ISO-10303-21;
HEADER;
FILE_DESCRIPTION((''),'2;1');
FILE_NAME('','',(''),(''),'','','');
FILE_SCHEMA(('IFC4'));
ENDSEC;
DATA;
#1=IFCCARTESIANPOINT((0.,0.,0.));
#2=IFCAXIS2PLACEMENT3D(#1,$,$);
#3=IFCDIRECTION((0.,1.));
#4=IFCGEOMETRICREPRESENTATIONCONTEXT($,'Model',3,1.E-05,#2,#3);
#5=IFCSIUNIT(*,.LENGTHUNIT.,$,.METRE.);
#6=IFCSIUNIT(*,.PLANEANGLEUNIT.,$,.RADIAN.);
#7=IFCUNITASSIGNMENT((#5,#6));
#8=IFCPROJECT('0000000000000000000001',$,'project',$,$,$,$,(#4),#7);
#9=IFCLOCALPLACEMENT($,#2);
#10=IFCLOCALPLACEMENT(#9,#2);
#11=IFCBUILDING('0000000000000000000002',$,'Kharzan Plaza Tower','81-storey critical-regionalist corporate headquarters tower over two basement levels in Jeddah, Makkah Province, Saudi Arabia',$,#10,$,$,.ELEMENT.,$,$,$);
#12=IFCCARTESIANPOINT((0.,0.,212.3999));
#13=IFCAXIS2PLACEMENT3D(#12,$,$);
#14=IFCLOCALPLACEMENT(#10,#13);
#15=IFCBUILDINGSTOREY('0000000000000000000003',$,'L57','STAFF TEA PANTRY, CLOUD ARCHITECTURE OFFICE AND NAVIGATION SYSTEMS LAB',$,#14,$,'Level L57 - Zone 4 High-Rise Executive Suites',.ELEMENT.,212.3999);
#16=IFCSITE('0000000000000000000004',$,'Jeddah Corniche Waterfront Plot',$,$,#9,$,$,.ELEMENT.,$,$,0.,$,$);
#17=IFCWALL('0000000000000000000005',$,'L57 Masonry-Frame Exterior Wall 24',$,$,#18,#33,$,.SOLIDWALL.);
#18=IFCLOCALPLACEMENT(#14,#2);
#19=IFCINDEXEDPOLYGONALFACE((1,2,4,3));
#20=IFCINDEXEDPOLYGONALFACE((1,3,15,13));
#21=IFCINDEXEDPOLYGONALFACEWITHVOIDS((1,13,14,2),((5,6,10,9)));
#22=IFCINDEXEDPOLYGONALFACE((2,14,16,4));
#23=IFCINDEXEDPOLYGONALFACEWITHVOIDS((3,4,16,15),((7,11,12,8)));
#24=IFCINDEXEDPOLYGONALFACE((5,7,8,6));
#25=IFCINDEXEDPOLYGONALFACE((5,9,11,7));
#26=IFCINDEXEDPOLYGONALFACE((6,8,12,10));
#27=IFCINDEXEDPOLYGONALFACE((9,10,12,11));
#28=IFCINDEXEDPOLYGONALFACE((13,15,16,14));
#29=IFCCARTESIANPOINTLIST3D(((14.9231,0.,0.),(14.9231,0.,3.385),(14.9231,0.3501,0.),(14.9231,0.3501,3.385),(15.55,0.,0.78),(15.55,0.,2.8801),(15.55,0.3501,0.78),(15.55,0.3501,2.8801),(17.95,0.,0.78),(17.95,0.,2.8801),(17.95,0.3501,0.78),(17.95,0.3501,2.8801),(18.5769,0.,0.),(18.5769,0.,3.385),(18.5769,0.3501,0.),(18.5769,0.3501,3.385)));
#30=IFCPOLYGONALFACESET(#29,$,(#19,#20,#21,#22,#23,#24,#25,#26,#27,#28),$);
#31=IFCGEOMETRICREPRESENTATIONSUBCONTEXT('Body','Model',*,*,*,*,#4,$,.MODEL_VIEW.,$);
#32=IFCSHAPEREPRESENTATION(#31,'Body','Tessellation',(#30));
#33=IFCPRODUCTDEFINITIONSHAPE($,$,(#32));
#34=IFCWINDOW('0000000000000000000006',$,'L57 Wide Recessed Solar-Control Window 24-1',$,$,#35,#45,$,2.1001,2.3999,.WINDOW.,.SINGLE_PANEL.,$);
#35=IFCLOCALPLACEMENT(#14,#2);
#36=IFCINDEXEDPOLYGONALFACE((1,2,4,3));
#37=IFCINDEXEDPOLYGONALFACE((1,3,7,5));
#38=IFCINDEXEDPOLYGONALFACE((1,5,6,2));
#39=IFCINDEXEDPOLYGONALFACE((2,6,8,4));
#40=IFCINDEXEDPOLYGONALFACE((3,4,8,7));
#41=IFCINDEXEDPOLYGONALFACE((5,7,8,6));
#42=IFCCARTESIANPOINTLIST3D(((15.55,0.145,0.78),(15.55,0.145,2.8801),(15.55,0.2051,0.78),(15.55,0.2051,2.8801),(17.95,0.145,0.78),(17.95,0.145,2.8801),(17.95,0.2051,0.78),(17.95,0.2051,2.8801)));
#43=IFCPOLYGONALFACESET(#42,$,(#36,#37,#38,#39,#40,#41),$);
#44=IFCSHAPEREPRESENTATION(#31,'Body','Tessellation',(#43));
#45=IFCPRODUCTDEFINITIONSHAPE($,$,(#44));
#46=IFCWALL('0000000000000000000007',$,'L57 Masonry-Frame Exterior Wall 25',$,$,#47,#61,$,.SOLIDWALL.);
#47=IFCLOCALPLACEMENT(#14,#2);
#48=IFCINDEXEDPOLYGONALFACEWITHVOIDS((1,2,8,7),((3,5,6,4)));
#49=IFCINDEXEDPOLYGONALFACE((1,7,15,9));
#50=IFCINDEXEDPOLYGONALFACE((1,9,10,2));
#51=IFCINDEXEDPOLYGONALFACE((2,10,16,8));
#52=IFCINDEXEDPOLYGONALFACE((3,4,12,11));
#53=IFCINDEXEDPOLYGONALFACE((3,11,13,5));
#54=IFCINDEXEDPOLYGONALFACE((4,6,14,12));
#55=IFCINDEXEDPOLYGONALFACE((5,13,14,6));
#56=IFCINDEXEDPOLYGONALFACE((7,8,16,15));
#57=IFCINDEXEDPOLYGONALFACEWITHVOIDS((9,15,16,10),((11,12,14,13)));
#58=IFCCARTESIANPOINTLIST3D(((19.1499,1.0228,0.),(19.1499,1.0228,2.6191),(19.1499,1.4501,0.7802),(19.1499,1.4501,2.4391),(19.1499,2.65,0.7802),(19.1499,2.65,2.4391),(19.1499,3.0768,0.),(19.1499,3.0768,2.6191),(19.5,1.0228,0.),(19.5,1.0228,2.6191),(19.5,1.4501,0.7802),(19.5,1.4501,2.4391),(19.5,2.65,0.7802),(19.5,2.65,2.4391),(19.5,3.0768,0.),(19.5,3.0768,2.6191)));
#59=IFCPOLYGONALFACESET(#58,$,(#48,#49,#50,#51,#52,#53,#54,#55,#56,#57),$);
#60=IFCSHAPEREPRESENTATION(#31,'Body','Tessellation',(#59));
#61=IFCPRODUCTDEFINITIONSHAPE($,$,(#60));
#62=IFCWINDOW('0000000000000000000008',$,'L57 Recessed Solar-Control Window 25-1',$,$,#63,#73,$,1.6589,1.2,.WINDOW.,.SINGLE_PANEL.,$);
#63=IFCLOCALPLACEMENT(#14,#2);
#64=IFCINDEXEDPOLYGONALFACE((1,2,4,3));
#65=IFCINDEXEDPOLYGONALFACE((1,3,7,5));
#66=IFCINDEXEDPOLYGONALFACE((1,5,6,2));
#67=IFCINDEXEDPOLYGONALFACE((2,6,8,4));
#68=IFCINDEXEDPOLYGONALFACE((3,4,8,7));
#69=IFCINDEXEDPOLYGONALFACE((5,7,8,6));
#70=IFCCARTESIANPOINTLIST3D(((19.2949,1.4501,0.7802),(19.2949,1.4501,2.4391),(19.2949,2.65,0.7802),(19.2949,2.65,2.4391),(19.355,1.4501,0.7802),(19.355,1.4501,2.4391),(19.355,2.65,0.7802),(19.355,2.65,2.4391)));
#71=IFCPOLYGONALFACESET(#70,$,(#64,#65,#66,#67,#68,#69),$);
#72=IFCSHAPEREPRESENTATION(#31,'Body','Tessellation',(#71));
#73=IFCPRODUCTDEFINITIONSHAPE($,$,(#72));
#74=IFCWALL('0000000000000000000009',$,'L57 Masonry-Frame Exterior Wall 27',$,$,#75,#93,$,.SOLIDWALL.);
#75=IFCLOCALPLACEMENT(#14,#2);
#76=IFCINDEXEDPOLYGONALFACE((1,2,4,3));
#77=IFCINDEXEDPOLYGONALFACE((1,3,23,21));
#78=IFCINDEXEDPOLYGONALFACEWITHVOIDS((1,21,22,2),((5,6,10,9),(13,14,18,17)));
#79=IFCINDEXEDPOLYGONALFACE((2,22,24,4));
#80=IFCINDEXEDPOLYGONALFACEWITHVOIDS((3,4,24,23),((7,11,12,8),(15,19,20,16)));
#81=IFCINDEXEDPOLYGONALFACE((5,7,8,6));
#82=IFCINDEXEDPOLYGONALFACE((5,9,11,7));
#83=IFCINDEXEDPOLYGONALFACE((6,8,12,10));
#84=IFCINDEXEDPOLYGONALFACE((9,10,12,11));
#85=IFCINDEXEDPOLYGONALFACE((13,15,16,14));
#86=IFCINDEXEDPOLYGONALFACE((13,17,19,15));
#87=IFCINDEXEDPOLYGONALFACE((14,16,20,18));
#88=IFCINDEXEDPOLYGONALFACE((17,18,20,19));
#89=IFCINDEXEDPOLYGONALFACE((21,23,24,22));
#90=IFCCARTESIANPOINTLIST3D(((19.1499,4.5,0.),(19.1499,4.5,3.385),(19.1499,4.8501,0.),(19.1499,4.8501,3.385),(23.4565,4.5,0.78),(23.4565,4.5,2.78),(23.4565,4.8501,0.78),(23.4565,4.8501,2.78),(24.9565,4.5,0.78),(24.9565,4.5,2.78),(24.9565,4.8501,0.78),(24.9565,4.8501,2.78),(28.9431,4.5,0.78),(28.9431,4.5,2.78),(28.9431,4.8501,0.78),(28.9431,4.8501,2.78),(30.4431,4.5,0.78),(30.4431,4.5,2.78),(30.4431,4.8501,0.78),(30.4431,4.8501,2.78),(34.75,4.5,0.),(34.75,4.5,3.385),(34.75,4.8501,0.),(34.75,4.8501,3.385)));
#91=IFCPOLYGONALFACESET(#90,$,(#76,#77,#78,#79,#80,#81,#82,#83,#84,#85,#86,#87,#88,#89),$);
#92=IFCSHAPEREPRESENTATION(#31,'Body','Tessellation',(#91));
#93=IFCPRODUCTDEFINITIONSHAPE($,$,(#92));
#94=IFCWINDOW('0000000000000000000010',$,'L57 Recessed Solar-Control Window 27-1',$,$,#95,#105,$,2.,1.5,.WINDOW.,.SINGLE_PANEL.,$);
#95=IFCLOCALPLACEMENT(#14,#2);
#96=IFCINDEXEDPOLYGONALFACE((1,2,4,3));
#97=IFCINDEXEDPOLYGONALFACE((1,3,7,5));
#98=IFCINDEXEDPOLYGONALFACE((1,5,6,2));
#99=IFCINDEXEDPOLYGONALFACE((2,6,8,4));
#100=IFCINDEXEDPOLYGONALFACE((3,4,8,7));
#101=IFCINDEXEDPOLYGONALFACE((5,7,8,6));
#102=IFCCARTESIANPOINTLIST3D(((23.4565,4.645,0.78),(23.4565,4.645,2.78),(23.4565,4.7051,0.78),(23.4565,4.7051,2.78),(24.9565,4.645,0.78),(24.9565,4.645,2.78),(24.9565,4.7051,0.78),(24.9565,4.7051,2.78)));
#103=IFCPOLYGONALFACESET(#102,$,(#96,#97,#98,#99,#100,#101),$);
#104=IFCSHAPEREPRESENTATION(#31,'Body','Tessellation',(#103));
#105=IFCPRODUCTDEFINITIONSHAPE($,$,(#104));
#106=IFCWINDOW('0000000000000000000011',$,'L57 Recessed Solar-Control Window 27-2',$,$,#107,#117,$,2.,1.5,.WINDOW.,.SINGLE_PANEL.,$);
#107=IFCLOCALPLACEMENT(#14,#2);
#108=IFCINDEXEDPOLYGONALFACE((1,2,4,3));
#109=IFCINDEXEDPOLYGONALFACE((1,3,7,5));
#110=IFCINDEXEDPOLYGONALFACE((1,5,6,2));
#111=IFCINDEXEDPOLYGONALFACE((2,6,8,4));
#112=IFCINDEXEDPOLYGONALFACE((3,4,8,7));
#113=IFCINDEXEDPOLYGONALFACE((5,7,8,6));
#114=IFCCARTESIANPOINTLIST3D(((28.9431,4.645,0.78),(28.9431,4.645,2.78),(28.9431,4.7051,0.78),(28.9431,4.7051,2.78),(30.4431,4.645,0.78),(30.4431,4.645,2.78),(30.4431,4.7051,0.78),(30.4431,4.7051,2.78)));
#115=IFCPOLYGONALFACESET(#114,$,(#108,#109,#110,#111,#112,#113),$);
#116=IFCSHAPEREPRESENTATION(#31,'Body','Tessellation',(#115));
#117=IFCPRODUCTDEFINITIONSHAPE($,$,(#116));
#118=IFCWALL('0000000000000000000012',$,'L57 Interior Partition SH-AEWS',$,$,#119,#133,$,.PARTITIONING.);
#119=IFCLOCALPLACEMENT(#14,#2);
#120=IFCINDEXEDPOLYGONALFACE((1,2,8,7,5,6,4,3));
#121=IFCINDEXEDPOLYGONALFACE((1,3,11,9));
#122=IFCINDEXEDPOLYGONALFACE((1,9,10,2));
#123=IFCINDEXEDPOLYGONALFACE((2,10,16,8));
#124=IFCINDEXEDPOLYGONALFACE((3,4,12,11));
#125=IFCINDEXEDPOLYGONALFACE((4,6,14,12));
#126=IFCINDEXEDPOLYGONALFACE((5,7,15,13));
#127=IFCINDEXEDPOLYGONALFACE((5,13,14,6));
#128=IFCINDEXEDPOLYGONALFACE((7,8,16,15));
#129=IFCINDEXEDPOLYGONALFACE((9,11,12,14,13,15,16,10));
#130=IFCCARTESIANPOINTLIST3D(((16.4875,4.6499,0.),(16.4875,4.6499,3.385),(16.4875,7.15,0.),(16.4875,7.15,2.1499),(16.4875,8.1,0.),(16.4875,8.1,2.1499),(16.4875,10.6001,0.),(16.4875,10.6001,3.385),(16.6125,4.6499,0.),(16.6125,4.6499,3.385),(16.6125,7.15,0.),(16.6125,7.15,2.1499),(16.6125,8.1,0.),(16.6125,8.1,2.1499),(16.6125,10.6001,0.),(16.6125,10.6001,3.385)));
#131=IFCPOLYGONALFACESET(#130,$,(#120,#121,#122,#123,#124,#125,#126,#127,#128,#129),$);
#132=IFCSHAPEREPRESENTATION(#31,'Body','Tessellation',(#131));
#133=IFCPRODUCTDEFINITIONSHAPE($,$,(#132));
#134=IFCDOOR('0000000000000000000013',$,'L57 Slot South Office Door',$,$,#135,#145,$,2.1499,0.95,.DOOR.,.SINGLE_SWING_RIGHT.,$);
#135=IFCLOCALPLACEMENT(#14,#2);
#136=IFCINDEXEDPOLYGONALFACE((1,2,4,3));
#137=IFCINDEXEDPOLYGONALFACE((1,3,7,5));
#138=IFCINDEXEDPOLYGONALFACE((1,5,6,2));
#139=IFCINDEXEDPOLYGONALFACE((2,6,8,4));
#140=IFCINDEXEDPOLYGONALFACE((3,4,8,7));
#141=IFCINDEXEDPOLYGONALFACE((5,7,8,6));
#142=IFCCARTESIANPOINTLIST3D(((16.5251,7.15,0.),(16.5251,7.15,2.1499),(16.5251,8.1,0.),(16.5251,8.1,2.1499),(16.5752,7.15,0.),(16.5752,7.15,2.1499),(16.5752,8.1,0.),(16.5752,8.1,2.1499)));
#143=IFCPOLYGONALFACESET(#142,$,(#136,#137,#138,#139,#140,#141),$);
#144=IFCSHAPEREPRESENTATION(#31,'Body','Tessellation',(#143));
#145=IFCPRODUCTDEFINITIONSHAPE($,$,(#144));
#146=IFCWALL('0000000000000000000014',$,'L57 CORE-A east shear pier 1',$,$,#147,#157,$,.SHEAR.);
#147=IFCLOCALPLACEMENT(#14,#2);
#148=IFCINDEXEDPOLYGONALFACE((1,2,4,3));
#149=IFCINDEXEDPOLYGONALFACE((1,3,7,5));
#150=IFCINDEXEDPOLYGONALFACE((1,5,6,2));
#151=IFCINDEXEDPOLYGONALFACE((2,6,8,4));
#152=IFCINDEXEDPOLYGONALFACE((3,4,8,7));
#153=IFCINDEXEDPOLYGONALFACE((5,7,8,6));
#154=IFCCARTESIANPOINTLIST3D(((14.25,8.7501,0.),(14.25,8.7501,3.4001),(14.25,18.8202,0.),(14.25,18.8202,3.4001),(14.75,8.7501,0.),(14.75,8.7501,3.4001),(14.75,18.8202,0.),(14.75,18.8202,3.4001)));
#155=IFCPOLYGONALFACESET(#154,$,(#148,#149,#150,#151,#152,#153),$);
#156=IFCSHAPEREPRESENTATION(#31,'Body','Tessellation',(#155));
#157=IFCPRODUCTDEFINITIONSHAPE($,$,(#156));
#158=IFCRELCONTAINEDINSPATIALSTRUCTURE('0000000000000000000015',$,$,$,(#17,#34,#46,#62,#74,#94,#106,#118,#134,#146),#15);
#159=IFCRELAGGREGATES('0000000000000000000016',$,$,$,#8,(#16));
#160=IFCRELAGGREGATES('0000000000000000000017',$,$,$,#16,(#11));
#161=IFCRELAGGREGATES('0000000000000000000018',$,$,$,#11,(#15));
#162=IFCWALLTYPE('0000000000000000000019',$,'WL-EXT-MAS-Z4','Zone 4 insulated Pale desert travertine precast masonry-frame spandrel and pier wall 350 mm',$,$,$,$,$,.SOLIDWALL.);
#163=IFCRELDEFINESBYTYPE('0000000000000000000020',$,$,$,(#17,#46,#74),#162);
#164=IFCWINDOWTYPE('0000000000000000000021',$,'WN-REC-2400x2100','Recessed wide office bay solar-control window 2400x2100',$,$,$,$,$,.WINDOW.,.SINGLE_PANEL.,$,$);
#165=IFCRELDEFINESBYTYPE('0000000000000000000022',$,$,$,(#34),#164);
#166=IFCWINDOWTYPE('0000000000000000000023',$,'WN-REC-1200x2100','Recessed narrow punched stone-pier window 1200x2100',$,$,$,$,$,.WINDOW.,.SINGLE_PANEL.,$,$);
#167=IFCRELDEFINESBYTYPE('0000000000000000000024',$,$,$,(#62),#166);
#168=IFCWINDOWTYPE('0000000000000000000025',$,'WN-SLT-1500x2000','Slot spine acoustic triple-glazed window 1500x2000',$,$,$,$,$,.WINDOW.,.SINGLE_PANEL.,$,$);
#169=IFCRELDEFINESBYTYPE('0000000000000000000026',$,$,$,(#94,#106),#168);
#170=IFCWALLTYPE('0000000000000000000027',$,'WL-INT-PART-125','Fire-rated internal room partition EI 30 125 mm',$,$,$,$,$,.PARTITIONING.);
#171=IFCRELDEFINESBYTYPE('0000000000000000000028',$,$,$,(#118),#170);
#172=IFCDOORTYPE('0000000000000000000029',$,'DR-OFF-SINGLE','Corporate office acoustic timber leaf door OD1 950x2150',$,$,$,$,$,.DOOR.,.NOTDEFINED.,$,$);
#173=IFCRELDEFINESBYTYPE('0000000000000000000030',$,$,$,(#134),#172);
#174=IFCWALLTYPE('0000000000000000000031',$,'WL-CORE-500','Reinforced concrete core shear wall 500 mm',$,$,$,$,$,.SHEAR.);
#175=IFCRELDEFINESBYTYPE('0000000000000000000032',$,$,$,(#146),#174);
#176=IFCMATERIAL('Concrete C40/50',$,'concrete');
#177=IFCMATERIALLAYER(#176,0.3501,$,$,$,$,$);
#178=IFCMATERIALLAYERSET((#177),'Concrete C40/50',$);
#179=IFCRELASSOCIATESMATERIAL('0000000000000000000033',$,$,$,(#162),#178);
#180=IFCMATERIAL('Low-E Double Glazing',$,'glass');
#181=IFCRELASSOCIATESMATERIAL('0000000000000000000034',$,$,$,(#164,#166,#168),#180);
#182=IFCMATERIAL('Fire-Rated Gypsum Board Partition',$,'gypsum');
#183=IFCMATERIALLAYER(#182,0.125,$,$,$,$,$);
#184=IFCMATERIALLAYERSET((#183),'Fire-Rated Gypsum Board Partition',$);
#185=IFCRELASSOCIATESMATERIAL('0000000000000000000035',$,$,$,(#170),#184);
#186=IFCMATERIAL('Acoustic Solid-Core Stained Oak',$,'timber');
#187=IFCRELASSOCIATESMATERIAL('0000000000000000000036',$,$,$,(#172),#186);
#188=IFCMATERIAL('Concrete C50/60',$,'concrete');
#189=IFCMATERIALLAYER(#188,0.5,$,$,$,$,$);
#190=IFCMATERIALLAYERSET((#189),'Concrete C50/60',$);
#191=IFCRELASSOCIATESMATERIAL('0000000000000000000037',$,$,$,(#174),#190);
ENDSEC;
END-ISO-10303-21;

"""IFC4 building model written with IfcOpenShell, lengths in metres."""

from ifc_helpers import new_model, si_unit, direction, frame, frame_2d, origin, place, context, subcontext, project, spatial, rectangle, extrude, source, transform, mapped, material, layer, layer_set, type_object, element, fill, save


model = new_model("IFC4")

# Units and contexts
model_context = context("Model", 3, precision=1e-05, world=origin(), true_north=direction((0.0, 1.0)))
body_context = subcontext(model_context, "Body", "Model", "MODEL_VIEW")
ifc_project = project(units=[si_unit("LENGTHUNIT", "METRE"), si_unit("PLANEANGLEUNIT", "RADIAN")], contexts=[model_context])

# Site, building, storey
site_placement = place(None, origin())
site = spatial("IfcSite", under=ifc_project, at=site_placement, Name="Jeddah Corniche Waterfront Plot", CompositionType="ELEMENT", RefElevation=0.0)
building_placement = place(site_placement, origin())
building = spatial("IfcBuilding", under=site, at=building_placement, Name="Kharzan Plaza Tower", Description="81-storey critical-regionalist corporate headquarters tower over two basement levels in Jeddah, Makkah Province, Saudi Arabia", CompositionType="ELEMENT")
storey_placement = place(building_placement, frame((0.0, 0.0, 212.3999)))
storey = spatial("IfcBuildingStorey", under=building, at=storey_placement, Name="L57", Description="STAFF TEA PANTRY, CLOUD ARCHITECTURE OFFICE AND NAVIGATION SYSTEMS LAB", LongName="Level L57 - Zone 4 High-Rise Executive Suites", CompositionType="ELEMENT", Elevation=212.3999)

# Shared definitions
ifc_material_1 = material(Name="Concrete C50/60", Category="concrete")

# Walls, openings, windows
ifc_material_2 = material(Name="Concrete C40/50", Category="concrete")
ifc_layer_1 = layer(ifc_material_2, 0.3501)
ifc_layer_set_1 = layer_set([ifc_layer_1], Name="Concrete C40/50")
wall_type_1 = type_object("IfcWallType", Name="WL-EXT-MAS-Z4", Description="Zone 4 insulated Pale desert travertine precast masonry-frame spandrel and pier wall 350 mm", PredefinedType="SOLIDWALL", material=ifc_layer_set_1)
wall_1_placement = place(storey_placement, frame((14.9231, 0.175, 0.0), z_axis=(0.0, 0.0, 1.0), x_axis=(1.0, 0.0, 0.0)))
wall_1 = element("IfcWall", 1, at=wall_1_placement, inside=storey, type_object=wall_type_1, Name="L57 Masonry-Frame Exterior Wall 24", PredefinedType="SOLIDWALL", context=body_context, shape_type="SweptSolid", body=[
    extrude(rectangle(XDim=3.6538, YDim=0.3501, at=frame_2d((1.8269, 0.0))), origin(), (0.0, 0.0, 1.0), 3.385),
])
opening_1_placement = place(wall_1_placement, frame((0.627, 0.0, 0.78)))
opening_1 = element("IfcOpeningElement", 2, at=opening_1_placement, cuts=wall_1, PredefinedType="OPENING", context=body_context, shape_type="SweptSolid", body=[
    extrude(rectangle(XDim=2.3999, YDim=2.1001, at=frame_2d((1.2, 1.05))), frame((0.0, 0.1851, 0.0), z_axis=(0.0, -1.0, 0.0), x_axis=(1.0, 0.0, 0.0)), (0.0, 0.0, 1.0), 0.3701),
])
ifc_material_3 = material(Name="Low-E Double Glazing", Category="glass")
window_type_1 = type_object("IfcWindowType", Name="WN-REC-2400x2100", Description="Recessed wide office bay solar-control window 2400x2100", PartitioningType="SINGLE_PANEL", PredefinedType="WINDOW", material=ifc_material_3)
shared_shape_1 = source(origin(), body_context, "Body", "SweptSolid", [
    extrude(rectangle(XDim=2.3999, YDim=2.1001, at=frame_2d((1.2, 1.05))), frame((0.0, 0.03, 0.0), z_axis=(0.0, -1.0, 0.0), x_axis=(1.0, 0.0, 0.0)), (0.0, 0.0, 1.0), 0.0601),
])
window_1_placement = place(opening_1_placement, origin())
window_1 = element("IfcWindow", 3, at=window_1_placement, inside=storey, type_object=window_type_1, Name="L57 Wide Recessed Solar-Control Window 24-1", OverallHeight=2.1001, OverallWidth=2.3999, PartitioningType="SINGLE_PANEL", PredefinedType="WINDOW", context=body_context, shape_type="MappedRepresentation", body=[
    mapped(shared_shape_1, transform((0.0, 0.0, 0.0), x_axis=(1.0, 0.0, 0.0), y_axis=(0.0, 1.0, 0.0), z_axis=(0.0, 0.0, 1.0))),
])
fill(opening_1, window_1)
wall_2_placement = place(storey_placement, frame((19.325, 1.0229, 0.0), z_axis=(0.0, 0.0, 1.0), x_axis=(0.0, 1.0, 0.0)))
wall_2 = element("IfcWall", 4, at=wall_2_placement, inside=storey, type_object=wall_type_1, Name="L57 Masonry-Frame Exterior Wall 25", PredefinedType="SOLIDWALL", context=body_context, shape_type="SweptSolid", body=[
    extrude(rectangle(XDim=2.054, YDim=0.3501, at=frame_2d((1.0269, 0.0))), origin(), (0.0, 0.0, 1.0), 2.6191),
])
opening_2_placement = place(wall_2_placement, frame((0.427, 0.0, 0.78)))
opening_2 = element("IfcOpeningElement", 5, at=opening_2_placement, cuts=wall_2, PredefinedType="OPENING", context=body_context, shape_type="SweptSolid", body=[
    extrude(rectangle(XDim=1.2, YDim=1.6589, at=frame_2d((0.6001, 0.8296))), frame((0.0, 0.1851, 0.0), z_axis=(0.0, -1.0, 0.0), x_axis=(1.0, 0.0, 0.0)), (0.0, 0.0, 1.0), 0.3701),
])
window_type_2 = type_object("IfcWindowType", Name="WN-REC-1200x2100", Description="Recessed narrow punched stone-pier window 1200x2100", PartitioningType="SINGLE_PANEL", PredefinedType="WINDOW", material=ifc_material_3)
shared_shape_2 = source(origin(), body_context, "Body", "SweptSolid", [
    extrude(rectangle(XDim=1.2, YDim=1.6589, at=frame_2d((0.6001, 0.8296))), frame((0.0, 0.03, 0.0), z_axis=(0.0, -1.0, 0.0), x_axis=(1.0, 0.0, 0.0)), (0.0, 0.0, 1.0), 0.0601),
])
window_2_placement = place(opening_2_placement, origin())
window_2 = element("IfcWindow", 6, at=window_2_placement, inside=storey, type_object=window_type_2, Name="L57 Recessed Solar-Control Window 25-1", OverallHeight=1.6589, OverallWidth=1.2, PartitioningType="SINGLE_PANEL", PredefinedType="WINDOW", context=body_context, shape_type="MappedRepresentation", body=[
    mapped(shared_shape_2, transform((0.0, 0.0, 0.0), x_axis=(1.0, 0.0, 0.0), y_axis=(0.0, 1.0, 0.0), z_axis=(0.0, 0.0, 1.0))),
])
fill(opening_2, window_2)

# Wall, openings, windows
wall_3_placement = place(storey_placement, frame((19.1499, 4.675, 0.0), z_axis=(0.0, 0.0, 1.0), x_axis=(1.0, 0.0, 0.0)))
wall_3 = element("IfcWall", 7, at=wall_3_placement, inside=storey, type_object=wall_type_1, Name="L57 Masonry-Frame Exterior Wall 27", PredefinedType="SOLIDWALL", context=body_context, shape_type="SweptSolid", body=[
    extrude(rectangle(XDim=15.6001, YDim=0.3501, at=frame_2d((7.8, 0.0))), origin(), (0.0, 0.0, 1.0), 3.385),
])
opening_3_placement = place(wall_3_placement, frame((4.3066, 0.0, 0.78)))
opening_3 = element("IfcOpeningElement", 8, at=opening_3_placement, cuts=wall_3, PredefinedType="OPENING", context=body_context, shape_type="SweptSolid", body=[
    extrude(rectangle(XDim=1.5, YDim=2.0, at=frame_2d((0.75, 1.0))), frame((0.0, 0.1851, 0.0), z_axis=(0.0, -1.0, 0.0), x_axis=(1.0, 0.0, 0.0)), (0.0, 0.0, 1.0), 0.3701),
])
opening_4_placement = place(wall_3_placement, frame((9.7932, 0.0, 0.78)))
opening_4 = element("IfcOpeningElement", 9, at=opening_4_placement, cuts=wall_3, PredefinedType="OPENING", context=body_context, shape_type="SweptSolid", body=[
    extrude(rectangle(XDim=1.5, YDim=2.0, at=frame_2d((0.75, 1.0))), frame((0.0, 0.1851, 0.0), z_axis=(0.0, -1.0, 0.0), x_axis=(1.0, 0.0, 0.0)), (0.0, 0.0, 1.0), 0.3701),
])
window_type_3 = type_object("IfcWindowType", Name="WN-SLT-1500x2000", Description="Slot spine acoustic triple-glazed window 1500x2000", PartitioningType="SINGLE_PANEL", PredefinedType="WINDOW", material=ifc_material_3)
shared_shape_3 = source(origin(), body_context, "Body", "SweptSolid", [
    extrude(rectangle(XDim=1.5, YDim=2.0, at=frame_2d((0.75, 1.0))), frame((0.0, 0.03, 0.0), z_axis=(0.0, -1.0, 0.0), x_axis=(1.0, 0.0, 0.0)), (0.0, 0.0, 1.0), 0.0601),
])
window_3_placement = place(opening_3_placement, origin())
window_3 = element("IfcWindow", 10, at=window_3_placement, inside=storey, type_object=window_type_3, Name="L57 Recessed Solar-Control Window 27-1", OverallHeight=2.0, OverallWidth=1.5, PartitioningType="SINGLE_PANEL", PredefinedType="WINDOW", context=body_context, shape_type="MappedRepresentation", body=[
    mapped(shared_shape_3, transform((0.0, 0.0, 0.0), x_axis=(1.0, 0.0, 0.0), y_axis=(0.0, 1.0, 0.0), z_axis=(0.0, 0.0, 1.0))),
])
fill(opening_3, window_3)
window_4_placement = place(opening_4_placement, origin())
window_4 = element("IfcWindow", 11, at=window_4_placement, inside=storey, type_object=window_type_3, Name="L57 Recessed Solar-Control Window 27-2", OverallHeight=2.0, OverallWidth=1.5, PartitioningType="SINGLE_PANEL", PredefinedType="WINDOW", context=body_context, shape_type="MappedRepresentation", body=[
    mapped(shared_shape_3, transform((0.0, 0.0, 0.0), x_axis=(1.0, 0.0, 0.0), y_axis=(0.0, 1.0, 0.0), z_axis=(0.0, 0.0, 1.0))),
])
fill(opening_4, window_4)

# Wall, opening, door
ifc_material_4 = material(Name="Fire-Rated Gypsum Board Partition", Category="gypsum")
ifc_layer_2 = layer(ifc_material_4, 0.125)
ifc_layer_set_2 = layer_set([ifc_layer_2], Name="Fire-Rated Gypsum Board Partition")
wall_type_2 = type_object("IfcWallType", Name="WL-INT-PART-125", Description="Fire-rated internal room partition EI 30 125 mm", PredefinedType="PARTITIONING", material=ifc_layer_set_2)
wall_4_placement = place(storey_placement, frame((16.55, 4.6499, 0.0), z_axis=(0.0, 0.0, 1.0), x_axis=(0.0, 1.0, 0.0)))
wall_4 = element("IfcWall", 12, at=wall_4_placement, inside=storey, type_object=wall_type_2, Name="L57 Interior Partition SH-AEWS", PredefinedType="PARTITIONING", context=body_context, shape_type="SweptSolid", body=[
    extrude(rectangle(XDim=5.9502, YDim=0.125, at=frame_2d((2.9751, 0.0))), origin(), (0.0, 0.0, 1.0), 3.385),
])
opening_5_placement = place(wall_4_placement, frame((2.5, 0.0, 0.0)))
opening_5 = element("IfcOpeningElement", 13, at=opening_5_placement, cuts=wall_4, PredefinedType="OPENING", context=body_context, shape_type="SweptSolid", body=[
    extrude(rectangle(XDim=0.95, YDim=2.1499, at=frame_2d((0.4751, 1.075))), frame((0.0, 0.0725, 0.0), z_axis=(0.0, -1.0, 0.0), x_axis=(1.0, 0.0, 0.0)), (0.0, 0.0, 1.0), 0.145),
])
ifc_material_5 = material(Name="Acoustic Solid-Core Stained Oak", Category="timber")
door_type = type_object("IfcDoorType", Name="DR-OFF-SINGLE", Description="Corporate office acoustic timber leaf door OD1 950x2150", OperationType="NOTDEFINED", PredefinedType="DOOR", material=ifc_material_5)
shared_shape_4 = source(origin(), body_context, "Body", "SweptSolid", [
    extrude(rectangle(XDim=0.95, YDim=2.1499, at=frame_2d((0.4751, 1.075))), frame((0.0, 0.0249, 0.0), z_axis=(0.0, -1.0, 0.0), x_axis=(1.0, 0.0, 0.0)), (0.0, 0.0, 1.0), 0.05),
])
door_placement = place(opening_5_placement, origin())
door = element("IfcDoor", 14, at=door_placement, inside=storey, type_object=door_type, Name="L57 Slot South Office Door", OperationType="SINGLE_SWING_RIGHT", OverallHeight=2.1499, OverallWidth=0.95, PredefinedType="DOOR", context=body_context, shape_type="MappedRepresentation", body=[
    mapped(shared_shape_4, transform((0.0, 0.0, 0.0), x_axis=(1.0, 0.0, 0.0), y_axis=(0.0, 1.0, 0.0), z_axis=(0.0, 0.0, 1.0))),
])
fill(opening_5, door)

# Wall
ifc_layer_3 = layer(ifc_material_1, 0.5)
ifc_layer_set_3 = layer_set([ifc_layer_3], Name="Concrete C50/60")
wall_type_3 = type_object("IfcWallType", Name="WL-CORE-500", Description="Reinforced concrete core shear wall 500 mm", PredefinedType="SHEAR", material=ifc_layer_set_3)
shared_shape_5 = source(origin(), body_context, "Body", "SweptSolid", [
    extrude(rectangle(XDim=10.0701, YDim=0.5, at=frame_2d((5.0352, 0.0))), origin(), (0.0, 0.0, 1.0), 3.4001),
])
wall_5_placement = place(storey_placement, frame((14.5, 8.75, 0.0), z_axis=(0.0, 0.0, 1.0), x_axis=(0.0, 1.0, 0.0)))
element("IfcWall", 15, at=wall_5_placement, inside=storey, type_object=wall_type_3, Name="L57 CORE-A east shear pier 1", PredefinedType="SHEAR", context=body_context, shape_type="MappedRepresentation", body=[
    mapped(shared_shape_5, transform((0.0, 0.0, 0.0), x_axis=(1.0, 0.0, 0.0), y_axis=(0.0, 1.0, 0.0), z_axis=(0.0, 0.0, 1.0))),
])

save(model, "model.ifc")
